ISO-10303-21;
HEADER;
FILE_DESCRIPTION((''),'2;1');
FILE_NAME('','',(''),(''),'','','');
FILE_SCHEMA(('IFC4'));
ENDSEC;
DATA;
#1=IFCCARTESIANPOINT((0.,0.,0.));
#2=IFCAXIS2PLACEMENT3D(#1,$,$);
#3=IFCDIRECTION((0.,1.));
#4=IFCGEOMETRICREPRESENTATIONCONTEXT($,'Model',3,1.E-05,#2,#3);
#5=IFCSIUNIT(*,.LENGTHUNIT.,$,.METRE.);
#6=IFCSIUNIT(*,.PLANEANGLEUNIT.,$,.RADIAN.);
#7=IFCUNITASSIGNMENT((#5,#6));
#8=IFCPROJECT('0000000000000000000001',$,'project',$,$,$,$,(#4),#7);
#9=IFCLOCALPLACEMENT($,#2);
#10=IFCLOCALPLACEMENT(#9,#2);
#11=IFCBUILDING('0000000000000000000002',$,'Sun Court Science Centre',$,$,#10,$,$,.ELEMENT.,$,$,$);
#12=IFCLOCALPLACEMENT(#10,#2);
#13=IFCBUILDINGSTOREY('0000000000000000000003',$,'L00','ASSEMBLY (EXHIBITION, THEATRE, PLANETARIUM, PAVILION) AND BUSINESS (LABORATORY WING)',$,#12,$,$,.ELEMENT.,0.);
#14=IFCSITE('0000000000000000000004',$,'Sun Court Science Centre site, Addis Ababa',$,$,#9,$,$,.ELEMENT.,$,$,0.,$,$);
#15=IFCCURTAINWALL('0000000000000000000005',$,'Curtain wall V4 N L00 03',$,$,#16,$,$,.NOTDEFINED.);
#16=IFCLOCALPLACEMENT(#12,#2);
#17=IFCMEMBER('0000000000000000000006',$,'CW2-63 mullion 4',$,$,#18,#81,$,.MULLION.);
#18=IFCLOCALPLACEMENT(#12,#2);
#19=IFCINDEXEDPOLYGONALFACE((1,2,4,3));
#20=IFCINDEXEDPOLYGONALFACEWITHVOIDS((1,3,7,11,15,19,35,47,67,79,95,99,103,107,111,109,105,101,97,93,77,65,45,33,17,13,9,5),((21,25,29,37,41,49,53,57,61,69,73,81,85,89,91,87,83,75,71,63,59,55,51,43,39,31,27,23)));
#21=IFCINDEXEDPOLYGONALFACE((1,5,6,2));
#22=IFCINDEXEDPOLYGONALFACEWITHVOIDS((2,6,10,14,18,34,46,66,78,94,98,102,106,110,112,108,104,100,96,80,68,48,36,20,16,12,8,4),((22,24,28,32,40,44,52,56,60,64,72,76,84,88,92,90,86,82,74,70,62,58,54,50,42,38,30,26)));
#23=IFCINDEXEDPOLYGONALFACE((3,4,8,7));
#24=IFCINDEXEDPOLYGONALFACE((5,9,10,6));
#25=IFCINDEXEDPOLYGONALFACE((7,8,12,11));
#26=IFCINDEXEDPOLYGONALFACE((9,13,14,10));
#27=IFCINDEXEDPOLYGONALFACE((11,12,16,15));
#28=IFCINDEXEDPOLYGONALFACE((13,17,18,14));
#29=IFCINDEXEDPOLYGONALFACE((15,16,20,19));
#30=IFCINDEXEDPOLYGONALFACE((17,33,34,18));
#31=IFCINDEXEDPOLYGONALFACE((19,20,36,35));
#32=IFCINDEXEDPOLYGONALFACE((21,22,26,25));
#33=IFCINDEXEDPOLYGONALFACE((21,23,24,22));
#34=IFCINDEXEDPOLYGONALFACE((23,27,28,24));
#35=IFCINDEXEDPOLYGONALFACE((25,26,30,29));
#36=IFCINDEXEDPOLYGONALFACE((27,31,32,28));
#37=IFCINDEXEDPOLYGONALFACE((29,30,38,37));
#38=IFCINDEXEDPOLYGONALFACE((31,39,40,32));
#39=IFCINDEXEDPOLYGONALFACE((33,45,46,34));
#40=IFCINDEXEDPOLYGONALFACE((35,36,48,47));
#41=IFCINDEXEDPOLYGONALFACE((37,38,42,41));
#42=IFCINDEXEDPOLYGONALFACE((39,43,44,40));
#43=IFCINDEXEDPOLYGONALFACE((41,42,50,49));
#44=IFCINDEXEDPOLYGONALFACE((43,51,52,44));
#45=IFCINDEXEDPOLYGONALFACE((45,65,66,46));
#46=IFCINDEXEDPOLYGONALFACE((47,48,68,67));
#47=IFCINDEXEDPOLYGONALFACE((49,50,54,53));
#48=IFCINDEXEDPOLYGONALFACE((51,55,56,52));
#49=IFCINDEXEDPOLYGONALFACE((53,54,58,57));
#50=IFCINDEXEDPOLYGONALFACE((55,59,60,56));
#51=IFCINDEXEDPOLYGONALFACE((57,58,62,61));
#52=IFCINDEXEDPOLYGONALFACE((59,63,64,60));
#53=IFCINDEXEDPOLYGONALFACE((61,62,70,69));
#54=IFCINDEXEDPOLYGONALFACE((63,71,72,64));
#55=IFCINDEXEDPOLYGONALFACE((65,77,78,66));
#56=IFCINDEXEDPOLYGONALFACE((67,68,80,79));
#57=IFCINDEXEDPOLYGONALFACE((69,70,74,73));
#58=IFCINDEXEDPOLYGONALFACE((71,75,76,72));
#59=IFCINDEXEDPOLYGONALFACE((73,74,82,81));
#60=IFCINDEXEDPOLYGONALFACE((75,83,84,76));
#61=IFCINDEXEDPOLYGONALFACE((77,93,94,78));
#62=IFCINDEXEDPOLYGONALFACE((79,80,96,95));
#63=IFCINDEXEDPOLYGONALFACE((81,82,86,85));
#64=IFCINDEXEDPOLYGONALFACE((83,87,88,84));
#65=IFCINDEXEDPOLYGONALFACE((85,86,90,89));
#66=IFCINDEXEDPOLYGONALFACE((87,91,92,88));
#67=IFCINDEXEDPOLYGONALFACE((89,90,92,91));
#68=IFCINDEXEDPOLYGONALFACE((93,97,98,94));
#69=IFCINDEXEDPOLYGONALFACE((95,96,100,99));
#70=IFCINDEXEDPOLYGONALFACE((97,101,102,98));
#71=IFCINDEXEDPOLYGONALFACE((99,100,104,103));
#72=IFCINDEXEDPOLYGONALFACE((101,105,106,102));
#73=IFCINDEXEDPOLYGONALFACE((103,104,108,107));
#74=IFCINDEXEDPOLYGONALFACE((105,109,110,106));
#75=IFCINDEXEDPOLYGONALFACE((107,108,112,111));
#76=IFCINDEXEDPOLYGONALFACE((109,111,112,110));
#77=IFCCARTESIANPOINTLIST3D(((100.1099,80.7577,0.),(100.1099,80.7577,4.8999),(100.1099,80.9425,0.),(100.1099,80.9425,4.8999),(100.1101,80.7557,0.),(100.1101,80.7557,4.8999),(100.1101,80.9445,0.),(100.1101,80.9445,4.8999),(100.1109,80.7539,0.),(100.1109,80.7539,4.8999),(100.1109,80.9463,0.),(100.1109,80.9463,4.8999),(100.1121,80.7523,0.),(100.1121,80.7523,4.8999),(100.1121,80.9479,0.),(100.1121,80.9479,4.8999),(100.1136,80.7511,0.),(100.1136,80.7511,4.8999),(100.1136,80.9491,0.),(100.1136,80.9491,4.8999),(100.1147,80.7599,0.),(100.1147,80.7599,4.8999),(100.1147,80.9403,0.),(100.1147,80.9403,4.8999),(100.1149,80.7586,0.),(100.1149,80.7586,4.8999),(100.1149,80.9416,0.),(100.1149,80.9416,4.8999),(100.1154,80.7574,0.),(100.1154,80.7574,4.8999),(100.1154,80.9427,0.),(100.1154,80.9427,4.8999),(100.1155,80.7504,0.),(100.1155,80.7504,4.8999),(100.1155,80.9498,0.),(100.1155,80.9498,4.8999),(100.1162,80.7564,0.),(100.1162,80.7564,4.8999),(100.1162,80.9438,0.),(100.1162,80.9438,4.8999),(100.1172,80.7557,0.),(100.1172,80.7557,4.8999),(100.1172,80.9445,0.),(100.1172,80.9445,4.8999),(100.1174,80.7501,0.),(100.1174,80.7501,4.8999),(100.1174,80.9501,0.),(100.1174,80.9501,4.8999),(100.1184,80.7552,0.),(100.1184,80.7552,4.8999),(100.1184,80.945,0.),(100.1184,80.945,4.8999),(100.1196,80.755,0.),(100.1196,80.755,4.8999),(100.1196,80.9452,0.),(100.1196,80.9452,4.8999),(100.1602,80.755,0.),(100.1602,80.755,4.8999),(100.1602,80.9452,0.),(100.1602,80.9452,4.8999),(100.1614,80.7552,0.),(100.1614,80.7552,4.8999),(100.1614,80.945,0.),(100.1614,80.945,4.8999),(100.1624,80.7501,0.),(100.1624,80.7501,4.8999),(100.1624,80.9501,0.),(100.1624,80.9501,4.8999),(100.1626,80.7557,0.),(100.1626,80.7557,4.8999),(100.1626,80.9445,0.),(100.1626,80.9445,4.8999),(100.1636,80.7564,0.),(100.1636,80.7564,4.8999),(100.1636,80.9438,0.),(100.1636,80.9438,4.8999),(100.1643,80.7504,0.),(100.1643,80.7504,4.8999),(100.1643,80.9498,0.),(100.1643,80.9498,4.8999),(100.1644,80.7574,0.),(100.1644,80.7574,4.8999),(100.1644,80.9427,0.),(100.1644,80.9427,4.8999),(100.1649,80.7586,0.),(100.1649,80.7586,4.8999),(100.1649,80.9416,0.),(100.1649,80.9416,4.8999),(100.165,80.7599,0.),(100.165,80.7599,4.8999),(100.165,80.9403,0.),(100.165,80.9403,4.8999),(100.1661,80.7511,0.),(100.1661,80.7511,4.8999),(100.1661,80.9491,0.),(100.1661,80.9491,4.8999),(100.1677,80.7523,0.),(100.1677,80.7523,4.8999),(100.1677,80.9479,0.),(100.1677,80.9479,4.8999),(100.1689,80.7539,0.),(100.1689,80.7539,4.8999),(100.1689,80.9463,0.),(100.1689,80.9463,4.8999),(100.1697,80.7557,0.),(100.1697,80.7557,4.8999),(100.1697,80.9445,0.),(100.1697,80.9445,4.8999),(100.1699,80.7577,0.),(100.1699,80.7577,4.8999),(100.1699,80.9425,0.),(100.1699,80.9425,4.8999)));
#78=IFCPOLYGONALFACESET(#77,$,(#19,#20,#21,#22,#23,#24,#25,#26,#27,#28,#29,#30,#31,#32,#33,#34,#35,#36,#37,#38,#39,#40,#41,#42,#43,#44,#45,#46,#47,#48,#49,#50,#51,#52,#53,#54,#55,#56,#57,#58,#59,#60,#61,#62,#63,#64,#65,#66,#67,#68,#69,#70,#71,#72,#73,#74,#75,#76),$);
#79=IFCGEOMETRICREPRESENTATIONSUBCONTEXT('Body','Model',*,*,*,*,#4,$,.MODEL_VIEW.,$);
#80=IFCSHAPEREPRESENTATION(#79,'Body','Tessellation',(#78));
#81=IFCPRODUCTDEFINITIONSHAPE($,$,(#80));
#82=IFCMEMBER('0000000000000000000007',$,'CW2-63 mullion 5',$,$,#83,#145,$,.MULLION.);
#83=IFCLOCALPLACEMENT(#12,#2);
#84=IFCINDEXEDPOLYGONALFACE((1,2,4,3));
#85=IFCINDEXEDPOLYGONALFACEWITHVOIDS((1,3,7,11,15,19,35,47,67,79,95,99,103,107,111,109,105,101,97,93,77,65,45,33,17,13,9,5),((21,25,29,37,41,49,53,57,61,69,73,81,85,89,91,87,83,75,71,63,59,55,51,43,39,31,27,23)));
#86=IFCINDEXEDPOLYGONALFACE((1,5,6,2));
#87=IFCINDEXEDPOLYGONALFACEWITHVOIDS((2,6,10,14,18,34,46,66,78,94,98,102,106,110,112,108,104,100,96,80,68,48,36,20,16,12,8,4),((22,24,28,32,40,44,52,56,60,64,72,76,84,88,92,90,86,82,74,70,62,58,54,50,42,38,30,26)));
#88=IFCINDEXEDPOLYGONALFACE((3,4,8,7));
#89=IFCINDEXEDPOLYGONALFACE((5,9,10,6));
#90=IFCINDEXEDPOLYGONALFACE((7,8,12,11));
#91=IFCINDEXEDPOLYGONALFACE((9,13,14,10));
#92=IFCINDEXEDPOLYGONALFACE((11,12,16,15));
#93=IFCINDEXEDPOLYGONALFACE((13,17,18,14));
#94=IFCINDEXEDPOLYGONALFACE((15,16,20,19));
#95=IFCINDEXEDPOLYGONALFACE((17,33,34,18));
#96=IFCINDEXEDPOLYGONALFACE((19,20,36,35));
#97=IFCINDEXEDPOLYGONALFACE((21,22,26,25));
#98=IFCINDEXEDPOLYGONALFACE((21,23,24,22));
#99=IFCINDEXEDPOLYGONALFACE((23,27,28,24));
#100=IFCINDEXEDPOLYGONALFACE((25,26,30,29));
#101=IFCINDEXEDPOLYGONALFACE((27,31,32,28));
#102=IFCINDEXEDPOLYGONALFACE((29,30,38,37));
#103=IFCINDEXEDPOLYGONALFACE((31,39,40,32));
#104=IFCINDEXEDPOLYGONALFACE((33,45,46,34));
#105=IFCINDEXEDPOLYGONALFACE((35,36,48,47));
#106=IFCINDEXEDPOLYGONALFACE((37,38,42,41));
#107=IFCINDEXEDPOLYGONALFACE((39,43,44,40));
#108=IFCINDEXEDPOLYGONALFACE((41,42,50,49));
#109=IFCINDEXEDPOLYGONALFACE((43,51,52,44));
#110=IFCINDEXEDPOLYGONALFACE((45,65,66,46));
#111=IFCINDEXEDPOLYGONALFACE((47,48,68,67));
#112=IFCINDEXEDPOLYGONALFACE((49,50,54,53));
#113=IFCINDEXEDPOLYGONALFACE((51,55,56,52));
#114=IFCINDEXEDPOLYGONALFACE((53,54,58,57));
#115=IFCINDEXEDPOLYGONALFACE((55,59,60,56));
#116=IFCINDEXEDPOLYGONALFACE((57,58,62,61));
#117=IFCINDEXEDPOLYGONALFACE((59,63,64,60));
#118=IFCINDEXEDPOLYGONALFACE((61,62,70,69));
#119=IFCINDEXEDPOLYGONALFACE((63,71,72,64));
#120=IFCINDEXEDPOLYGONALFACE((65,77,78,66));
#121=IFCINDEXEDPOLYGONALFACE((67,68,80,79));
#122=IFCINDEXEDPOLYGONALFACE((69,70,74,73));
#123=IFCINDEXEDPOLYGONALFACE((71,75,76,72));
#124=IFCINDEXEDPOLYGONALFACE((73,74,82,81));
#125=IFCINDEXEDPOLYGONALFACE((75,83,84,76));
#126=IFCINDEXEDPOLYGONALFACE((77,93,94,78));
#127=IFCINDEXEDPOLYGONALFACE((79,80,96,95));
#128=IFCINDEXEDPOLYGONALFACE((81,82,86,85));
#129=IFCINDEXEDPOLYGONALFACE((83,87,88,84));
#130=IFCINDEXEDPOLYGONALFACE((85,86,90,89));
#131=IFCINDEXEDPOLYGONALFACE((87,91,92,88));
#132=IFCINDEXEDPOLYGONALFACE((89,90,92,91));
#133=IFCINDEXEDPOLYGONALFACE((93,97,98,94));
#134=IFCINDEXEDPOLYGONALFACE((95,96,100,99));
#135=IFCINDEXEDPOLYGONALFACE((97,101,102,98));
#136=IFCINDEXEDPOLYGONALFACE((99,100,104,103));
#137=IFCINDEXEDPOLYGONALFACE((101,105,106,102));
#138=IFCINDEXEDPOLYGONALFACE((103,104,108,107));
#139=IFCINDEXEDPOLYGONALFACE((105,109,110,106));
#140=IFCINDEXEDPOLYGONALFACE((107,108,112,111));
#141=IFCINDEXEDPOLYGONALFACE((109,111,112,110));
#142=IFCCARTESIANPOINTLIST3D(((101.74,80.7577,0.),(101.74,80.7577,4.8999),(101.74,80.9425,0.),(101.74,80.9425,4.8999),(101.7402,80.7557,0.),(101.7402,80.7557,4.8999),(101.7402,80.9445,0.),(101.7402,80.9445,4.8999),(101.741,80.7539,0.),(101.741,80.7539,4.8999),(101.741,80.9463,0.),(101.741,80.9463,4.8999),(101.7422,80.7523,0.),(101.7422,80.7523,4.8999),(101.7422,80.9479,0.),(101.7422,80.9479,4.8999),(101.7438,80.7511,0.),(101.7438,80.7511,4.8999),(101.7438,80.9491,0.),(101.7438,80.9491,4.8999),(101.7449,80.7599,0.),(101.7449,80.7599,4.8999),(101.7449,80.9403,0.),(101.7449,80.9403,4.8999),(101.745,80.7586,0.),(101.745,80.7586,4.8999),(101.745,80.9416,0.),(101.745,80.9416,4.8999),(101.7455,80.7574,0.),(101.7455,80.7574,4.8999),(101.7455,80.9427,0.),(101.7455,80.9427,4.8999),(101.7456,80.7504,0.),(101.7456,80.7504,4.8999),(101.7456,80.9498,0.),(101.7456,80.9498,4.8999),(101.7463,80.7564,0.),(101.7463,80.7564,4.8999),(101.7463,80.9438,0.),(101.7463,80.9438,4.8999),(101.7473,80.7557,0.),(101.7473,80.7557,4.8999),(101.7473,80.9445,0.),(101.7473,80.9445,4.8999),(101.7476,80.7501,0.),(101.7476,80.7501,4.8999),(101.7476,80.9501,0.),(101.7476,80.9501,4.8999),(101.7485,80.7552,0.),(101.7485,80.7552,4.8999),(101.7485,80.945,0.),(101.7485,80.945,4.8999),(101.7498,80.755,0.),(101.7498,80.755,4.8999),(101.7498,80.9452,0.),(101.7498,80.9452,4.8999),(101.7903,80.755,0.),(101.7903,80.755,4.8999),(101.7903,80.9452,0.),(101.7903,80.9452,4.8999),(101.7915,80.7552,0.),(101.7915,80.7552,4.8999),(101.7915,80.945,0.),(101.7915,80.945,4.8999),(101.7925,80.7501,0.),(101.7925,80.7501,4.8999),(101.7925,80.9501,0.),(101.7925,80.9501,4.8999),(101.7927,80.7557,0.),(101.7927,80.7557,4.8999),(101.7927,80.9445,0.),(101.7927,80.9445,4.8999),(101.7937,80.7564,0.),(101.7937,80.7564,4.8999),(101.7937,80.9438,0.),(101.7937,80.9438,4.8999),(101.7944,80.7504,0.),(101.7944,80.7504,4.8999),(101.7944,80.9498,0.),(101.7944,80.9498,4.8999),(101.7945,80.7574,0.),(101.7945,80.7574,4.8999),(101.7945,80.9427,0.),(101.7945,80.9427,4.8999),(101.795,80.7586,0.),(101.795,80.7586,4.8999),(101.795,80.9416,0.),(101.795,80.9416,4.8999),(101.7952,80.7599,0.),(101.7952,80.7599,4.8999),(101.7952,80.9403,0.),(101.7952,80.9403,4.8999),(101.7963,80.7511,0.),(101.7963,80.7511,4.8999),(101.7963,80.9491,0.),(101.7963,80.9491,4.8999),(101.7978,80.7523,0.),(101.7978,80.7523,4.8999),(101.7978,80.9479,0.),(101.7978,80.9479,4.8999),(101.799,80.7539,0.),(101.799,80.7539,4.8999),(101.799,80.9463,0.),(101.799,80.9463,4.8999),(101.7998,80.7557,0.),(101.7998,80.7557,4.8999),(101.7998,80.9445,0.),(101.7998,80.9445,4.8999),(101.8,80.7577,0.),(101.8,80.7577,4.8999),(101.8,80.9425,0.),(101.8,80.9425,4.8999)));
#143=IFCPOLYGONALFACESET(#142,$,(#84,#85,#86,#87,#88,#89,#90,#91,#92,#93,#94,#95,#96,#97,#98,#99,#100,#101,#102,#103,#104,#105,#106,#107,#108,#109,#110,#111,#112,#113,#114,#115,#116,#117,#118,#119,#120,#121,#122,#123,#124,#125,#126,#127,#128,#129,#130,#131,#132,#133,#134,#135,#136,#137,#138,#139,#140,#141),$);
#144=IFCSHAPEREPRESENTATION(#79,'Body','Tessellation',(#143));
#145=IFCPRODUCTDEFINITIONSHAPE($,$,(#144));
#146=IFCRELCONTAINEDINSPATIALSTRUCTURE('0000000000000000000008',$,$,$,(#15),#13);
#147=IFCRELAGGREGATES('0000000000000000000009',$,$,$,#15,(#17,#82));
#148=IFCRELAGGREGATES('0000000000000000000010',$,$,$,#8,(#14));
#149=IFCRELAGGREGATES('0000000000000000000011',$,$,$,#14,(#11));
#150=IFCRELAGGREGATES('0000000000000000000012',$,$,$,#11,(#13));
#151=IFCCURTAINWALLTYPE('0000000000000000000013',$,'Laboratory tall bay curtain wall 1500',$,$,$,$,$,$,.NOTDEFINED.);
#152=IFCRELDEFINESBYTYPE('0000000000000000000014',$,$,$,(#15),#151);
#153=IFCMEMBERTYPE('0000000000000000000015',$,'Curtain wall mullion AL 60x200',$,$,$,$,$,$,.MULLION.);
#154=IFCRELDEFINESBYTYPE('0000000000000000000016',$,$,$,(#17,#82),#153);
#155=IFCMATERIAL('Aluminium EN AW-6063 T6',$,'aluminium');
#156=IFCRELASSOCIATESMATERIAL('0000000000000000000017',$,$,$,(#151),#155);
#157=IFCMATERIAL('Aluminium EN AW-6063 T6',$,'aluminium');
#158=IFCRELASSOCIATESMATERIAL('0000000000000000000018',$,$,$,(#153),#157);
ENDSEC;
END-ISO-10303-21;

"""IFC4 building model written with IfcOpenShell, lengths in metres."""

from ifc_helpers import new_model, si_unit, direction, frame, origin, origin_2d, place, context, subcontext, project, spatial, hollow_rectangle, extrude, material, material_profile, profile_set, type_object, element, aggregate, save


model = new_model("IFC4")

# Units and contexts
model_context = context("Model", 3, precision=1e-05, world=origin(), true_north=direction((0.0, 1.0)))
body_context = subcontext(model_context, "Body", "Model", "MODEL_VIEW")
ifc_project = project(units=[si_unit("LENGTHUNIT", "METRE"), si_unit("PLANEANGLEUNIT", "RADIAN")], contexts=[model_context])

# Site, building, storey
site_placement = place(None, origin())
site = spatial("IfcSite", under=ifc_project, at=site_placement, Name="Sun Court Science Centre site, Addis Ababa", CompositionType="ELEMENT", RefElevation=0.0)
building_placement = place(site_placement, origin())
building = spatial("IfcBuilding", under=site, at=building_placement, Name="Sun Court Science Centre", CompositionType="ELEMENT")
storey_placement = place(building_placement, origin())
storey = spatial("IfcBuildingStorey", under=building, at=storey_placement, Name="L00", Description="ASSEMBLY (EXHIBITION, THEATRE, PLANETARIUM, PAVILION) AND BUSINESS (LABORATORY WING)", CompositionType="ELEMENT", Elevation=0.0)

# Curtain wall, members
ifc_material_1 = material(Name="Aluminium EN AW-6063 T6", Category="aluminium")
curtain_wall_type = type_object("IfcCurtainWallType", Name="Laboratory tall bay curtain wall 1500", PredefinedType="NOTDEFINED", material=ifc_material_1)
curtain_wall_placement = place(storey_placement, origin())
curtain_wall = element("IfcCurtainWall", 1, at=curtain_wall_placement, inside=storey, type_object=curtain_wall_type, Name="Curtain wall V4 N L00 03", PredefinedType="NOTDEFINED")
ifc_material_2 = material(Name="Aluminium EN AW-6063 T6", Category="aluminium")
ifc_material_profile_1 = material_profile(ifc_material_2, hollow_rectangle(XDim=0.0601, YDim=0.2, WallThickness=0.0049, InnerFilletRadius=0.0049, OuterFilletRadius=0.0076, at=origin_2d()), Name="AL 60x200x5")
ifc_profile_set_1 = profile_set([ifc_material_profile_1], Name="Aluminium EN AW-6063 T6")
member_type_1 = type_object("IfcMemberType", Name="Curtain wall mullion AL 60x200", PredefinedType="MULLION", material=ifc_profile_set_1)
member_1_placement = place(storey_placement, frame((100.1399, 80.8501, 0.0), z_axis=(0.0, 0.0, 1.0), x_axis=(1.0, 0.0, 0.0)))
member_1 = element("IfcMember", 2, at=member_1_placement, type_object=member_type_1, Name="CW2-63 mullion 4", PredefinedType="MULLION", context=body_context, shape_type="SweptSolid", body=[
    extrude(hollow_rectangle(XDim=0.0601, YDim=0.2, WallThickness=0.0049, InnerFilletRadius=0.0049, OuterFilletRadius=0.0076, at=origin_2d()), origin(), (0.0, 0.0, 1.0), 4.8999),
])
member_2_placement = place(storey_placement, frame((101.77, 80.8501, 0.0), z_axis=(0.0, 0.0, 1.0), x_axis=(1.0, 0.0, 0.0)))
member_2 = element("IfcMember", 3, at=member_2_placement, type_object=member_type_1, Name="CW2-63 mullion 5", PredefinedType="MULLION", context=body_context, shape_type="SweptSolid", body=[
    extrude(hollow_rectangle(XDim=0.0601, YDim=0.2, WallThickness=0.0049, InnerFilletRadius=0.0049, OuterFilletRadius=0.0076, at=origin_2d()), origin(), (0.0, 0.0, 1.0), 4.8999),
])
aggregate(curtain_wall, [member_1, member_2])

save(model, "model.ifc")
